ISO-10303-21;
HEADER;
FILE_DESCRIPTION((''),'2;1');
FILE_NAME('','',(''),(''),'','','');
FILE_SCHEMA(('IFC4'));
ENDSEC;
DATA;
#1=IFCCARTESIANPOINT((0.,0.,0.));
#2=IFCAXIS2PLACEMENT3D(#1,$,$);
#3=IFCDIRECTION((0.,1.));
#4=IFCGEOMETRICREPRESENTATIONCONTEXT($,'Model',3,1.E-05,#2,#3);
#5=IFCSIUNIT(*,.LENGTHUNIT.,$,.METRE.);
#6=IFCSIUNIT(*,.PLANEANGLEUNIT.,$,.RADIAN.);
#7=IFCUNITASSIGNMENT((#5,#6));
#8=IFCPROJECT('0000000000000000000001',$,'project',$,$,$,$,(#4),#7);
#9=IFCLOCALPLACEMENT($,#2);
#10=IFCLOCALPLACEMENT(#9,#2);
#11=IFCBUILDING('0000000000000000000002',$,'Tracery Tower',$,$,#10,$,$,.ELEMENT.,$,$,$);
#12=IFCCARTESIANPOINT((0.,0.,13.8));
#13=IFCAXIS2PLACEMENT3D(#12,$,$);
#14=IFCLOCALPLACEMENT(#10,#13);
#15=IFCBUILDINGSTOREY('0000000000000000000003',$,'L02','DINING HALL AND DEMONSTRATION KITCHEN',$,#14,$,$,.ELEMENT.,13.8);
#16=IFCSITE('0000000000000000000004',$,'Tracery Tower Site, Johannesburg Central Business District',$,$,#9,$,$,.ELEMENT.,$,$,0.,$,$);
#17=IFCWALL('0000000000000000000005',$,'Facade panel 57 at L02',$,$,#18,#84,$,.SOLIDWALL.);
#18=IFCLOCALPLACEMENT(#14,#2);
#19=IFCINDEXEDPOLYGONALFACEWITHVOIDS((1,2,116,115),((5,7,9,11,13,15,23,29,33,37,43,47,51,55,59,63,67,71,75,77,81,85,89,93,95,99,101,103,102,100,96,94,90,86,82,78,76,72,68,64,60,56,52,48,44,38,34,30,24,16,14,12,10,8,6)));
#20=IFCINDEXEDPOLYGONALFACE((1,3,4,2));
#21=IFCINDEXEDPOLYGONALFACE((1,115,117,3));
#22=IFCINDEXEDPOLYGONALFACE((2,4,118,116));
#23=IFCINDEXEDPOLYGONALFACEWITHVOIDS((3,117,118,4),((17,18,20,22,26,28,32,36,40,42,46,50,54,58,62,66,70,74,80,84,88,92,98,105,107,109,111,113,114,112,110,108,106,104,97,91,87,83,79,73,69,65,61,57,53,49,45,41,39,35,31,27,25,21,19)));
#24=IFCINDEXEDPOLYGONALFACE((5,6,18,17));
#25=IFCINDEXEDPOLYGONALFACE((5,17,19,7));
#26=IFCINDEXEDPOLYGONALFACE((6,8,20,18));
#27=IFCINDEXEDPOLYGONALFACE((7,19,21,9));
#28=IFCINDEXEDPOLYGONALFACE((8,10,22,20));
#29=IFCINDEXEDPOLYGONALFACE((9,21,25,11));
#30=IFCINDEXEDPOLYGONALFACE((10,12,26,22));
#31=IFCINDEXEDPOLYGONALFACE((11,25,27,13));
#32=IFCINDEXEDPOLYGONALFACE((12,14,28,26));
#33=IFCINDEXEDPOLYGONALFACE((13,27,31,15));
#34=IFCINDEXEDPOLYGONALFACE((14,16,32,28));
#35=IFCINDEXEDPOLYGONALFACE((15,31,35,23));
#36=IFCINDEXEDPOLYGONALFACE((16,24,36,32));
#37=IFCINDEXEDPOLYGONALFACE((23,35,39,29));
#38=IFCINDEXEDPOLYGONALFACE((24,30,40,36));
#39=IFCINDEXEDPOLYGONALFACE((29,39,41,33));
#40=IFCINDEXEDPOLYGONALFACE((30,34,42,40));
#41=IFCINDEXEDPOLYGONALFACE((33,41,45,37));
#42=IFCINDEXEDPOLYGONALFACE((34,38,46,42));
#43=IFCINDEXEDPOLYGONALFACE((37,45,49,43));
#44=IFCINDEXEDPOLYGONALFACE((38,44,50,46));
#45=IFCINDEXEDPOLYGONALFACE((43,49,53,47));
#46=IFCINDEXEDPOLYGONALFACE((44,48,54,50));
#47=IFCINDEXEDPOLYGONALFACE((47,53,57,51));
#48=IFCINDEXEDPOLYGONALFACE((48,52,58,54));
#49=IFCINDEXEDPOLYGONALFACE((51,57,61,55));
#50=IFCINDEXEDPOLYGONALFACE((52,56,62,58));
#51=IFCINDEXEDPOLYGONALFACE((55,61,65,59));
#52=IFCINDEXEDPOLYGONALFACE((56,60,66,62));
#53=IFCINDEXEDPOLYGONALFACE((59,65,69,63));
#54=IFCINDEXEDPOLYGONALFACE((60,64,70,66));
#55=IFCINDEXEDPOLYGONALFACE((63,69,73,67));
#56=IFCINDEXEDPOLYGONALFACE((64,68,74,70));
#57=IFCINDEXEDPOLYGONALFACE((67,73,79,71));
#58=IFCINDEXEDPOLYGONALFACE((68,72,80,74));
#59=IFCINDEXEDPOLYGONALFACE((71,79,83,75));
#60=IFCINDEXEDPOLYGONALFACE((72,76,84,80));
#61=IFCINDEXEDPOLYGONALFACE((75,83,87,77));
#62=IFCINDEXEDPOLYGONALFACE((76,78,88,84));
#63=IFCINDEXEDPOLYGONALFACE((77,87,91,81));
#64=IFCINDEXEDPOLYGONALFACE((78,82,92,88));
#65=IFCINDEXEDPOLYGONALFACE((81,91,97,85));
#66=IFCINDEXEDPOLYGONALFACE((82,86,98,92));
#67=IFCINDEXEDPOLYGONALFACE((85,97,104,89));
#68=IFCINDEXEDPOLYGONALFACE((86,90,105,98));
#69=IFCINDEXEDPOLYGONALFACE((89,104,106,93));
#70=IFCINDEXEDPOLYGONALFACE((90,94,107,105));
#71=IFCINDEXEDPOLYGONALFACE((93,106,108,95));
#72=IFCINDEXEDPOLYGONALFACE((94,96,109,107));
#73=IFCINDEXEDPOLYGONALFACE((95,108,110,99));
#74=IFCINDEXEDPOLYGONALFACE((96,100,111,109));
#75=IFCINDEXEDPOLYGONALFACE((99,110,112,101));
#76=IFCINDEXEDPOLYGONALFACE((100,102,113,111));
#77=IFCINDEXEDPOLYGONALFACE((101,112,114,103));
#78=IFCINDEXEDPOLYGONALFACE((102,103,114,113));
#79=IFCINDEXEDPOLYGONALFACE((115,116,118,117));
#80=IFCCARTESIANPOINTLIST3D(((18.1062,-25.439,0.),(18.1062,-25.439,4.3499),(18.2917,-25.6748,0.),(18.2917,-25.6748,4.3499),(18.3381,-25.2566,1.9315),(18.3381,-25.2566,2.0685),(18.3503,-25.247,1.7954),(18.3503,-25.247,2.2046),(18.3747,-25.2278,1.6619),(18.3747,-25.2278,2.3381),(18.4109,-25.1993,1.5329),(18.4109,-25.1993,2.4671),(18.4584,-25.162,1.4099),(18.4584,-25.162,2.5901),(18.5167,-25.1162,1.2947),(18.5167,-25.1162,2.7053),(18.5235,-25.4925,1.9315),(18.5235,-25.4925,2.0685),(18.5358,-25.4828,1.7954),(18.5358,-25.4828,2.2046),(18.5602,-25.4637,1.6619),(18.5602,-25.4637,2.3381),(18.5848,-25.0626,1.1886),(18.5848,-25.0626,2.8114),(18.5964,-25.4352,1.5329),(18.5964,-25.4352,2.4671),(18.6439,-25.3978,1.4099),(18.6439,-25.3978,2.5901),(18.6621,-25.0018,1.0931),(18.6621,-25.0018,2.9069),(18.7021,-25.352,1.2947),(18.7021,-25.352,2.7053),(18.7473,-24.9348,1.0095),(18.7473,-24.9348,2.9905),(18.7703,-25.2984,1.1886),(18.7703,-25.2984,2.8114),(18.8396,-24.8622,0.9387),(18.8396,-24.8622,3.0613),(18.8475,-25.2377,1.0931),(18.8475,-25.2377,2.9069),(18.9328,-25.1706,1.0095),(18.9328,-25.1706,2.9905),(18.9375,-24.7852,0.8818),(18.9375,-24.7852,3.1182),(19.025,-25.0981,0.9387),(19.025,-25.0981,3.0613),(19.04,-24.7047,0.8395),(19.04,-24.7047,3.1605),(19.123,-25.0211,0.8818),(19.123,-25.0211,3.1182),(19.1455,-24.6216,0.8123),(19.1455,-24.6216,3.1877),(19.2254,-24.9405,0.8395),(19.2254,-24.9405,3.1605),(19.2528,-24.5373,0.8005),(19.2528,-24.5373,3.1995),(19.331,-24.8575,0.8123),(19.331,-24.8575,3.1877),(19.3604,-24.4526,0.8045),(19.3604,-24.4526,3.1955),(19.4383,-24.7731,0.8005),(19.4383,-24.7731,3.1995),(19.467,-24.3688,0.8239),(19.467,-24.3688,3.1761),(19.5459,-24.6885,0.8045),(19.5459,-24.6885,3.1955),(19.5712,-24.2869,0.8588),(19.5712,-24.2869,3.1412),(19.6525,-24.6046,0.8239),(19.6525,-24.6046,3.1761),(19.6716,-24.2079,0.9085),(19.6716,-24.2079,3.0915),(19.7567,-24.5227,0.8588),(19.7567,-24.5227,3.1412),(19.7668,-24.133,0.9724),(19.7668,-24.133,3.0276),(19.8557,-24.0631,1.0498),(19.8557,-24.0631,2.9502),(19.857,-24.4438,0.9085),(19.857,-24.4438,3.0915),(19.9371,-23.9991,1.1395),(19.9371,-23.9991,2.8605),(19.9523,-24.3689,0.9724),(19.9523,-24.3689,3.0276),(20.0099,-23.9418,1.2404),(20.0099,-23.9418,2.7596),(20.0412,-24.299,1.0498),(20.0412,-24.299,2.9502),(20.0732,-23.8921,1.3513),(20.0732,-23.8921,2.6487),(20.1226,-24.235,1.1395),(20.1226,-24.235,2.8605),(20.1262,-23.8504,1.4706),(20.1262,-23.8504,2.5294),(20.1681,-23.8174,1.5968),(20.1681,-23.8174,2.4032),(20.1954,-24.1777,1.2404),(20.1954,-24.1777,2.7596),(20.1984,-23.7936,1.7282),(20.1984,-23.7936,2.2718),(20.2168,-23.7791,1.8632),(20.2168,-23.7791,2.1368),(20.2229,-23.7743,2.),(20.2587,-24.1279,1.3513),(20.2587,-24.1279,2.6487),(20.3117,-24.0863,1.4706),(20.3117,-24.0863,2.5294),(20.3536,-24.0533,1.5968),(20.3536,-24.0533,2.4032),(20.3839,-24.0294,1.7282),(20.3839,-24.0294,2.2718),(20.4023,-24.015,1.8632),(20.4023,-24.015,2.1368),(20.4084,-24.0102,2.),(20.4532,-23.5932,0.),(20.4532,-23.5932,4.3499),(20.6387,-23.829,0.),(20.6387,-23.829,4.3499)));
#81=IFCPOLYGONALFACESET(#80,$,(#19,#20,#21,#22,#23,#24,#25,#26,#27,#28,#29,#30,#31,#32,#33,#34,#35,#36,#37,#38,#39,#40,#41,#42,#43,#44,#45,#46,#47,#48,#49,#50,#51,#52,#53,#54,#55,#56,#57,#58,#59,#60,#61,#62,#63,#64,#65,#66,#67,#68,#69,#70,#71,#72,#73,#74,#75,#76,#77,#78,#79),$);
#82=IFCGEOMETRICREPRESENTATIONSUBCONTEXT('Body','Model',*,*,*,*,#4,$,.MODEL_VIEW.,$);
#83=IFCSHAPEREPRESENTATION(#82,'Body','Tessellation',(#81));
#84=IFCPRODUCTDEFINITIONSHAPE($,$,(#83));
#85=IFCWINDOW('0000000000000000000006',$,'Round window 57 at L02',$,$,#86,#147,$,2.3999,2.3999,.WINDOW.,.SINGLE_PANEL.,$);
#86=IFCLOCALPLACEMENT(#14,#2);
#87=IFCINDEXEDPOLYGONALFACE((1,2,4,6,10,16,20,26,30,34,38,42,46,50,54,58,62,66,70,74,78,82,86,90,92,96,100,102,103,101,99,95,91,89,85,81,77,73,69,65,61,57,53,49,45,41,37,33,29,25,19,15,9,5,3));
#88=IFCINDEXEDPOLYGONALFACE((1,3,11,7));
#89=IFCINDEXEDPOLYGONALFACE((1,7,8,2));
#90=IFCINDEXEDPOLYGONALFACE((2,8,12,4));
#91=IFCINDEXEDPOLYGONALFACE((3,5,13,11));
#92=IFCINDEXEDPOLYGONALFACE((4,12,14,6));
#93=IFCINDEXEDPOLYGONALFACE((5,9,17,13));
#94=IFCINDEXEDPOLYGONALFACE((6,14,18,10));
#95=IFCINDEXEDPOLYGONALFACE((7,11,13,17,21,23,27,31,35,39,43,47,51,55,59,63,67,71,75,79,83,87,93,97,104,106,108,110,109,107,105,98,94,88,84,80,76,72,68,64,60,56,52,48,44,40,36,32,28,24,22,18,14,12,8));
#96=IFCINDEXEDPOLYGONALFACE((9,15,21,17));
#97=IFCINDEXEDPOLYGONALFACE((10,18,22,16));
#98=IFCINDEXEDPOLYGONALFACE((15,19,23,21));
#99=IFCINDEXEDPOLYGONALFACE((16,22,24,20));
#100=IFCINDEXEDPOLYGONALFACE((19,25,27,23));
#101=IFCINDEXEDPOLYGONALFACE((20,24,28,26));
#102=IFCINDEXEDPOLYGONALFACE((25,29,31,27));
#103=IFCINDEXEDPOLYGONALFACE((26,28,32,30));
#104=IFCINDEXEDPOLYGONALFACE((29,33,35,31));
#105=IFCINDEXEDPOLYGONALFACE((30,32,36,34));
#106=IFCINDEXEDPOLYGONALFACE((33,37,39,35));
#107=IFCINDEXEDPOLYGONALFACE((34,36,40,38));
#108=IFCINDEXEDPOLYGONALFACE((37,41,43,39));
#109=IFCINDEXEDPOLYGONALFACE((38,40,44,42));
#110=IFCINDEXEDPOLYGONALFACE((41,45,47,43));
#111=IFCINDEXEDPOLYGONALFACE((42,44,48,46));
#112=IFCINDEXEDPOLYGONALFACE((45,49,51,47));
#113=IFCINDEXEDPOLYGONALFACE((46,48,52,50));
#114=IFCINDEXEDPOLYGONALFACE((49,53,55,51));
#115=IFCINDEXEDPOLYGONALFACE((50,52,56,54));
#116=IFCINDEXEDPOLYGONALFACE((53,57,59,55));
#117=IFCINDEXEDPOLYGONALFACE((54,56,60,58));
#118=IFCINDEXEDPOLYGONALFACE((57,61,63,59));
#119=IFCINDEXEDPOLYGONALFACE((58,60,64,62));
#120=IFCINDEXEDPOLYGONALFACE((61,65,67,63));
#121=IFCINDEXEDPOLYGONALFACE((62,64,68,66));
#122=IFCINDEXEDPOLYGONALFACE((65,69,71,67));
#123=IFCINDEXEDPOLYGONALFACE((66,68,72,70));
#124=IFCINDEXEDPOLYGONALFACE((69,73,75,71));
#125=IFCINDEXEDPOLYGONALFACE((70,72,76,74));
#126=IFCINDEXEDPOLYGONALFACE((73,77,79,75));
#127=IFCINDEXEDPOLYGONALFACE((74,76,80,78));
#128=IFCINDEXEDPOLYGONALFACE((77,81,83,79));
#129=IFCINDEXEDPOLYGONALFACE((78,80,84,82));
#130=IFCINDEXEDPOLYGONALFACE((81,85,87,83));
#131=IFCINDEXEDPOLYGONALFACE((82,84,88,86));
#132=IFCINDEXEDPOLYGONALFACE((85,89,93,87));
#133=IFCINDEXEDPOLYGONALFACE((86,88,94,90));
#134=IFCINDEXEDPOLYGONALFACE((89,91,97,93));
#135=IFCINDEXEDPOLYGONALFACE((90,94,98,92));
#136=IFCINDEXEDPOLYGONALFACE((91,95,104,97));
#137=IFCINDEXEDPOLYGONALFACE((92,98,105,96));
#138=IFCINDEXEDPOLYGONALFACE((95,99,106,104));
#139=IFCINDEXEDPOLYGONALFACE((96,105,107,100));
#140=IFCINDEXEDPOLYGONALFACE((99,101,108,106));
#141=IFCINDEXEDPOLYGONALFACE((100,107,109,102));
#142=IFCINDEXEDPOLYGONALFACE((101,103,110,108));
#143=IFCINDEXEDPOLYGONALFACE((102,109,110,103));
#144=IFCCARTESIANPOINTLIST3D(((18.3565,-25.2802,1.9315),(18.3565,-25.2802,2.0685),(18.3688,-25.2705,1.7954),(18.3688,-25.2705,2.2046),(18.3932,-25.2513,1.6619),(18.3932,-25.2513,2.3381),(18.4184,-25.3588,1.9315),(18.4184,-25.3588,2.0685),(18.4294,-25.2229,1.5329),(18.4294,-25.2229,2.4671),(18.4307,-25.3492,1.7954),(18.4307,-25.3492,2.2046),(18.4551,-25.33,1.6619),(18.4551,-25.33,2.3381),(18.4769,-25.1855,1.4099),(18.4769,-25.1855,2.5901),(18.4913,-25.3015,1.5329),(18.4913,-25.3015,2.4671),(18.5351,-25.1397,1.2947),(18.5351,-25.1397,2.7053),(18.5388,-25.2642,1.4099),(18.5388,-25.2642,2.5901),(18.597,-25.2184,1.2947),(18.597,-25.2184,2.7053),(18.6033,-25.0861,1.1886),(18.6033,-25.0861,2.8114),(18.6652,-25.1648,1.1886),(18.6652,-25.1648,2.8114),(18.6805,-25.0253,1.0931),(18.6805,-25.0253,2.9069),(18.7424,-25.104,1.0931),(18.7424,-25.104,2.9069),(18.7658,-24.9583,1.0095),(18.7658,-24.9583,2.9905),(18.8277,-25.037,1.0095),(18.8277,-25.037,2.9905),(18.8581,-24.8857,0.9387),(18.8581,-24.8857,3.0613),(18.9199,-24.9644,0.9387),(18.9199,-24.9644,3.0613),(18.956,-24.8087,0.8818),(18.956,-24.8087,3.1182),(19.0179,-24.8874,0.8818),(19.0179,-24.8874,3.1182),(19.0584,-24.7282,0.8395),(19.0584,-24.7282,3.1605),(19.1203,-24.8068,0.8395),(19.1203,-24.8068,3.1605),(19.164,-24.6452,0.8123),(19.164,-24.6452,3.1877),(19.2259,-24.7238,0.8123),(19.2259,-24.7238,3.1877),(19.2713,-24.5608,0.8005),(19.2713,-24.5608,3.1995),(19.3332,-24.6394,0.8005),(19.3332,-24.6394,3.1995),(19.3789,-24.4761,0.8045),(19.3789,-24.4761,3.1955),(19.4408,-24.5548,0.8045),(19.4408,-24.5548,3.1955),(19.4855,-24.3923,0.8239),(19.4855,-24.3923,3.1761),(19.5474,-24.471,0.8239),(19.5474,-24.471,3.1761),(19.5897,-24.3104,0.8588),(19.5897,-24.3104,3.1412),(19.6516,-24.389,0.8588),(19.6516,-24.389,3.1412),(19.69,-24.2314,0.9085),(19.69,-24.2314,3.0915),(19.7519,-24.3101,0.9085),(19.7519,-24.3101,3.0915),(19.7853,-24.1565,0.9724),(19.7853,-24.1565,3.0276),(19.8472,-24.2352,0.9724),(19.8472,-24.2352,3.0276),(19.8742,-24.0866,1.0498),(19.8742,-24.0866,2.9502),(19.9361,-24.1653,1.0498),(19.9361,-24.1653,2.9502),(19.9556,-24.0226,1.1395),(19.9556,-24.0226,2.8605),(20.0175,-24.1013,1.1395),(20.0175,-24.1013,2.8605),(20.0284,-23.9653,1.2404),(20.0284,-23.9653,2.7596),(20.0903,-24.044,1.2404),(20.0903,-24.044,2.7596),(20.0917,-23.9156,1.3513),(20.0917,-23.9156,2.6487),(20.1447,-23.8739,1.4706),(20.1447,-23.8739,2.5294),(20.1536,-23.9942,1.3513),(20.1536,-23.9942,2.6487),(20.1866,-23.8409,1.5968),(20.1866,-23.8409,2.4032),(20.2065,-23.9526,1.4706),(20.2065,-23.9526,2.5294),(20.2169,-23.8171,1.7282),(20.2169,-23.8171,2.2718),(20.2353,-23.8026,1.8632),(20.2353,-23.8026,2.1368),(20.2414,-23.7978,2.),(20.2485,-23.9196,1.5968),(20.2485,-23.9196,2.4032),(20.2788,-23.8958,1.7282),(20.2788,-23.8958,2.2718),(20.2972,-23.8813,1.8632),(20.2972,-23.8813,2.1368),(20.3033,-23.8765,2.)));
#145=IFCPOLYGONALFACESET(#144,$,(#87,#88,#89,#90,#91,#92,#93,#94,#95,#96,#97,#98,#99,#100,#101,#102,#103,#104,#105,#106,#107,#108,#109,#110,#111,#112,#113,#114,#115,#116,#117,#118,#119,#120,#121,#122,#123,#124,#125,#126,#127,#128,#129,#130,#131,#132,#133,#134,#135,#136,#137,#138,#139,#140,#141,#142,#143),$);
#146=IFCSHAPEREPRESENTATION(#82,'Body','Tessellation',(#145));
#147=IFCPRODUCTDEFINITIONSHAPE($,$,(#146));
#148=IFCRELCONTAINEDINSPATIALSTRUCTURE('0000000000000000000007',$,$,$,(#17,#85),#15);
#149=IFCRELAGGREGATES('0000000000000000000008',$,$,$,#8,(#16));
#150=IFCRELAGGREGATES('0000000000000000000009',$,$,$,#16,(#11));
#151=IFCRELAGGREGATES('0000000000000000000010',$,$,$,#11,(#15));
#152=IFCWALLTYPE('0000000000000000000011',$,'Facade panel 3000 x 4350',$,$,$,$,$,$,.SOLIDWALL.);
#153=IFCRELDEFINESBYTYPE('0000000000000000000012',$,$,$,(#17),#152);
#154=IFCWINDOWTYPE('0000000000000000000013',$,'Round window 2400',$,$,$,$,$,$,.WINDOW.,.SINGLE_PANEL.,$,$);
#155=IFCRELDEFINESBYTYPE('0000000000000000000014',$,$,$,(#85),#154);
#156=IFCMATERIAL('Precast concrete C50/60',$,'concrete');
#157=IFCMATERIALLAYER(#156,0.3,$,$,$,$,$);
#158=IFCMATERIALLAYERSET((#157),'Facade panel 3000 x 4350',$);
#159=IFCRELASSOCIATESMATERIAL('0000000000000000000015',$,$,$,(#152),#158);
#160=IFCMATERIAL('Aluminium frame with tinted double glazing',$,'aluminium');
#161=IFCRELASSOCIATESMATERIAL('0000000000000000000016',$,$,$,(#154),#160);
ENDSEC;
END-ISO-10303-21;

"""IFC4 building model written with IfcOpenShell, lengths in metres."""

from ifc_helpers import new_model, si_unit, direction, frame, frame_2d, origin, origin_2d, place, context, subcontext, project, spatial, rectangle, circle, extrude, material, layer, layer_set, type_object, element, fill, save


model = new_model("IFC4")

# Units and contexts
model_context = context("Model", 3, precision=1e-05, world=origin(), true_north=direction((0.0, 1.0)))
body_context = subcontext(model_context, "Body", "Model", "MODEL_VIEW")
ifc_project = project(units=[si_unit("LENGTHUNIT", "METRE"), si_unit("PLANEANGLEUNIT", "RADIAN")], contexts=[model_context])

# Site, building, storey
site_placement = place(None, origin())
site = spatial("IfcSite", under=ifc_project, at=site_placement, Name="Tracery Tower Site, Johannesburg Central Business District", CompositionType="ELEMENT", RefElevation=0.0)
building_placement = place(site_placement, origin())
building = spatial("IfcBuilding", under=site, at=building_placement, Name="Tracery Tower", CompositionType="ELEMENT")
storey_placement = place(building_placement, frame((0.0, 0.0, 13.8)))
storey = spatial("IfcBuildingStorey", under=building, at=storey_placement, Name="L02", Description="DINING HALL AND DEMONSTRATION KITCHEN", CompositionType="ELEMENT", Elevation=13.8)

# Wall, opening, window
ifc_material_1 = material(Name="Precast concrete C50/60", Category="concrete")
ifc_layer = layer(ifc_material_1, 0.3)
ifc_layer_set = layer_set([ifc_layer], Name="Facade panel 3000 x 4350")
wall_type = type_object("IfcWallType", Name="Facade panel 3000 x 4350", PredefinedType="SOLIDWALL", material=ifc_layer_set)
ifc_material_2 = material(Name="Aluminium frame with tinted double glazing", Category="aluminium")
window_type = type_object("IfcWindowType", Name="Round window 2400", PartitioningType="SINGLE_PANEL", PredefinedType="WINDOW", material=ifc_material_2)
wall_1_placement = place(storey_placement, frame((18.199, -25.5569, 0.0), z_axis=(0.0, 0.0, 1.0), x_axis=(0.786043, 0.618172, 0.0)))
wall_1 = element("IfcWall", 1, at=wall_1_placement, inside=storey, type_object=wall_type, Name="Facade panel 57 at L02", PredefinedType="SOLIDWALL", context=body_context, shape_type="SweptSolid", body=[
    extrude(rectangle(XDim=2.9858, YDim=0.3, at=frame_2d((1.4929, 0.0))), origin(), (0.0, 0.0, 1.0), 4.3499),
])
opening_1_placement = place(wall_1_placement, frame((1.4929, 0.0, 2.0)))
opening_1 = element("IfcOpeningElement", 2, at=opening_1_placement, cuts=wall_1, PredefinedType="OPENING", context=body_context, shape_type="SweptSolid", body=[
    extrude(circle(Radius=1.2, at=origin_2d()), frame((0.0, 0.1599, 0.0), z_axis=(0.0, -1.0, 0.0), x_axis=(1.0, 0.0, 0.0)), (0.0, 0.0, 1.0), 0.3201),
])
window_1_placement = place(opening_1_placement, origin())
window_1 = element("IfcWindow", 3, at=window_1_placement, inside=storey, type_object=window_type, Name="Round window 57 at L02", OverallHeight=2.3999, OverallWidth=2.3999, PartitioningType="SINGLE_PANEL", PredefinedType="WINDOW", context=body_context, shape_type="SweptSolid", body=[
    extrude(circle(Radius=1.2, at=origin_2d()), frame((0.0, 0.1201, 0.0), z_axis=(0.0, -1.0, 0.0), x_axis=(1.0, 0.0, 0.0)), (0.0, 0.0, 1.0), 0.1001),
])
fill(opening_1, window_1)

save(model, "model.ifc")
